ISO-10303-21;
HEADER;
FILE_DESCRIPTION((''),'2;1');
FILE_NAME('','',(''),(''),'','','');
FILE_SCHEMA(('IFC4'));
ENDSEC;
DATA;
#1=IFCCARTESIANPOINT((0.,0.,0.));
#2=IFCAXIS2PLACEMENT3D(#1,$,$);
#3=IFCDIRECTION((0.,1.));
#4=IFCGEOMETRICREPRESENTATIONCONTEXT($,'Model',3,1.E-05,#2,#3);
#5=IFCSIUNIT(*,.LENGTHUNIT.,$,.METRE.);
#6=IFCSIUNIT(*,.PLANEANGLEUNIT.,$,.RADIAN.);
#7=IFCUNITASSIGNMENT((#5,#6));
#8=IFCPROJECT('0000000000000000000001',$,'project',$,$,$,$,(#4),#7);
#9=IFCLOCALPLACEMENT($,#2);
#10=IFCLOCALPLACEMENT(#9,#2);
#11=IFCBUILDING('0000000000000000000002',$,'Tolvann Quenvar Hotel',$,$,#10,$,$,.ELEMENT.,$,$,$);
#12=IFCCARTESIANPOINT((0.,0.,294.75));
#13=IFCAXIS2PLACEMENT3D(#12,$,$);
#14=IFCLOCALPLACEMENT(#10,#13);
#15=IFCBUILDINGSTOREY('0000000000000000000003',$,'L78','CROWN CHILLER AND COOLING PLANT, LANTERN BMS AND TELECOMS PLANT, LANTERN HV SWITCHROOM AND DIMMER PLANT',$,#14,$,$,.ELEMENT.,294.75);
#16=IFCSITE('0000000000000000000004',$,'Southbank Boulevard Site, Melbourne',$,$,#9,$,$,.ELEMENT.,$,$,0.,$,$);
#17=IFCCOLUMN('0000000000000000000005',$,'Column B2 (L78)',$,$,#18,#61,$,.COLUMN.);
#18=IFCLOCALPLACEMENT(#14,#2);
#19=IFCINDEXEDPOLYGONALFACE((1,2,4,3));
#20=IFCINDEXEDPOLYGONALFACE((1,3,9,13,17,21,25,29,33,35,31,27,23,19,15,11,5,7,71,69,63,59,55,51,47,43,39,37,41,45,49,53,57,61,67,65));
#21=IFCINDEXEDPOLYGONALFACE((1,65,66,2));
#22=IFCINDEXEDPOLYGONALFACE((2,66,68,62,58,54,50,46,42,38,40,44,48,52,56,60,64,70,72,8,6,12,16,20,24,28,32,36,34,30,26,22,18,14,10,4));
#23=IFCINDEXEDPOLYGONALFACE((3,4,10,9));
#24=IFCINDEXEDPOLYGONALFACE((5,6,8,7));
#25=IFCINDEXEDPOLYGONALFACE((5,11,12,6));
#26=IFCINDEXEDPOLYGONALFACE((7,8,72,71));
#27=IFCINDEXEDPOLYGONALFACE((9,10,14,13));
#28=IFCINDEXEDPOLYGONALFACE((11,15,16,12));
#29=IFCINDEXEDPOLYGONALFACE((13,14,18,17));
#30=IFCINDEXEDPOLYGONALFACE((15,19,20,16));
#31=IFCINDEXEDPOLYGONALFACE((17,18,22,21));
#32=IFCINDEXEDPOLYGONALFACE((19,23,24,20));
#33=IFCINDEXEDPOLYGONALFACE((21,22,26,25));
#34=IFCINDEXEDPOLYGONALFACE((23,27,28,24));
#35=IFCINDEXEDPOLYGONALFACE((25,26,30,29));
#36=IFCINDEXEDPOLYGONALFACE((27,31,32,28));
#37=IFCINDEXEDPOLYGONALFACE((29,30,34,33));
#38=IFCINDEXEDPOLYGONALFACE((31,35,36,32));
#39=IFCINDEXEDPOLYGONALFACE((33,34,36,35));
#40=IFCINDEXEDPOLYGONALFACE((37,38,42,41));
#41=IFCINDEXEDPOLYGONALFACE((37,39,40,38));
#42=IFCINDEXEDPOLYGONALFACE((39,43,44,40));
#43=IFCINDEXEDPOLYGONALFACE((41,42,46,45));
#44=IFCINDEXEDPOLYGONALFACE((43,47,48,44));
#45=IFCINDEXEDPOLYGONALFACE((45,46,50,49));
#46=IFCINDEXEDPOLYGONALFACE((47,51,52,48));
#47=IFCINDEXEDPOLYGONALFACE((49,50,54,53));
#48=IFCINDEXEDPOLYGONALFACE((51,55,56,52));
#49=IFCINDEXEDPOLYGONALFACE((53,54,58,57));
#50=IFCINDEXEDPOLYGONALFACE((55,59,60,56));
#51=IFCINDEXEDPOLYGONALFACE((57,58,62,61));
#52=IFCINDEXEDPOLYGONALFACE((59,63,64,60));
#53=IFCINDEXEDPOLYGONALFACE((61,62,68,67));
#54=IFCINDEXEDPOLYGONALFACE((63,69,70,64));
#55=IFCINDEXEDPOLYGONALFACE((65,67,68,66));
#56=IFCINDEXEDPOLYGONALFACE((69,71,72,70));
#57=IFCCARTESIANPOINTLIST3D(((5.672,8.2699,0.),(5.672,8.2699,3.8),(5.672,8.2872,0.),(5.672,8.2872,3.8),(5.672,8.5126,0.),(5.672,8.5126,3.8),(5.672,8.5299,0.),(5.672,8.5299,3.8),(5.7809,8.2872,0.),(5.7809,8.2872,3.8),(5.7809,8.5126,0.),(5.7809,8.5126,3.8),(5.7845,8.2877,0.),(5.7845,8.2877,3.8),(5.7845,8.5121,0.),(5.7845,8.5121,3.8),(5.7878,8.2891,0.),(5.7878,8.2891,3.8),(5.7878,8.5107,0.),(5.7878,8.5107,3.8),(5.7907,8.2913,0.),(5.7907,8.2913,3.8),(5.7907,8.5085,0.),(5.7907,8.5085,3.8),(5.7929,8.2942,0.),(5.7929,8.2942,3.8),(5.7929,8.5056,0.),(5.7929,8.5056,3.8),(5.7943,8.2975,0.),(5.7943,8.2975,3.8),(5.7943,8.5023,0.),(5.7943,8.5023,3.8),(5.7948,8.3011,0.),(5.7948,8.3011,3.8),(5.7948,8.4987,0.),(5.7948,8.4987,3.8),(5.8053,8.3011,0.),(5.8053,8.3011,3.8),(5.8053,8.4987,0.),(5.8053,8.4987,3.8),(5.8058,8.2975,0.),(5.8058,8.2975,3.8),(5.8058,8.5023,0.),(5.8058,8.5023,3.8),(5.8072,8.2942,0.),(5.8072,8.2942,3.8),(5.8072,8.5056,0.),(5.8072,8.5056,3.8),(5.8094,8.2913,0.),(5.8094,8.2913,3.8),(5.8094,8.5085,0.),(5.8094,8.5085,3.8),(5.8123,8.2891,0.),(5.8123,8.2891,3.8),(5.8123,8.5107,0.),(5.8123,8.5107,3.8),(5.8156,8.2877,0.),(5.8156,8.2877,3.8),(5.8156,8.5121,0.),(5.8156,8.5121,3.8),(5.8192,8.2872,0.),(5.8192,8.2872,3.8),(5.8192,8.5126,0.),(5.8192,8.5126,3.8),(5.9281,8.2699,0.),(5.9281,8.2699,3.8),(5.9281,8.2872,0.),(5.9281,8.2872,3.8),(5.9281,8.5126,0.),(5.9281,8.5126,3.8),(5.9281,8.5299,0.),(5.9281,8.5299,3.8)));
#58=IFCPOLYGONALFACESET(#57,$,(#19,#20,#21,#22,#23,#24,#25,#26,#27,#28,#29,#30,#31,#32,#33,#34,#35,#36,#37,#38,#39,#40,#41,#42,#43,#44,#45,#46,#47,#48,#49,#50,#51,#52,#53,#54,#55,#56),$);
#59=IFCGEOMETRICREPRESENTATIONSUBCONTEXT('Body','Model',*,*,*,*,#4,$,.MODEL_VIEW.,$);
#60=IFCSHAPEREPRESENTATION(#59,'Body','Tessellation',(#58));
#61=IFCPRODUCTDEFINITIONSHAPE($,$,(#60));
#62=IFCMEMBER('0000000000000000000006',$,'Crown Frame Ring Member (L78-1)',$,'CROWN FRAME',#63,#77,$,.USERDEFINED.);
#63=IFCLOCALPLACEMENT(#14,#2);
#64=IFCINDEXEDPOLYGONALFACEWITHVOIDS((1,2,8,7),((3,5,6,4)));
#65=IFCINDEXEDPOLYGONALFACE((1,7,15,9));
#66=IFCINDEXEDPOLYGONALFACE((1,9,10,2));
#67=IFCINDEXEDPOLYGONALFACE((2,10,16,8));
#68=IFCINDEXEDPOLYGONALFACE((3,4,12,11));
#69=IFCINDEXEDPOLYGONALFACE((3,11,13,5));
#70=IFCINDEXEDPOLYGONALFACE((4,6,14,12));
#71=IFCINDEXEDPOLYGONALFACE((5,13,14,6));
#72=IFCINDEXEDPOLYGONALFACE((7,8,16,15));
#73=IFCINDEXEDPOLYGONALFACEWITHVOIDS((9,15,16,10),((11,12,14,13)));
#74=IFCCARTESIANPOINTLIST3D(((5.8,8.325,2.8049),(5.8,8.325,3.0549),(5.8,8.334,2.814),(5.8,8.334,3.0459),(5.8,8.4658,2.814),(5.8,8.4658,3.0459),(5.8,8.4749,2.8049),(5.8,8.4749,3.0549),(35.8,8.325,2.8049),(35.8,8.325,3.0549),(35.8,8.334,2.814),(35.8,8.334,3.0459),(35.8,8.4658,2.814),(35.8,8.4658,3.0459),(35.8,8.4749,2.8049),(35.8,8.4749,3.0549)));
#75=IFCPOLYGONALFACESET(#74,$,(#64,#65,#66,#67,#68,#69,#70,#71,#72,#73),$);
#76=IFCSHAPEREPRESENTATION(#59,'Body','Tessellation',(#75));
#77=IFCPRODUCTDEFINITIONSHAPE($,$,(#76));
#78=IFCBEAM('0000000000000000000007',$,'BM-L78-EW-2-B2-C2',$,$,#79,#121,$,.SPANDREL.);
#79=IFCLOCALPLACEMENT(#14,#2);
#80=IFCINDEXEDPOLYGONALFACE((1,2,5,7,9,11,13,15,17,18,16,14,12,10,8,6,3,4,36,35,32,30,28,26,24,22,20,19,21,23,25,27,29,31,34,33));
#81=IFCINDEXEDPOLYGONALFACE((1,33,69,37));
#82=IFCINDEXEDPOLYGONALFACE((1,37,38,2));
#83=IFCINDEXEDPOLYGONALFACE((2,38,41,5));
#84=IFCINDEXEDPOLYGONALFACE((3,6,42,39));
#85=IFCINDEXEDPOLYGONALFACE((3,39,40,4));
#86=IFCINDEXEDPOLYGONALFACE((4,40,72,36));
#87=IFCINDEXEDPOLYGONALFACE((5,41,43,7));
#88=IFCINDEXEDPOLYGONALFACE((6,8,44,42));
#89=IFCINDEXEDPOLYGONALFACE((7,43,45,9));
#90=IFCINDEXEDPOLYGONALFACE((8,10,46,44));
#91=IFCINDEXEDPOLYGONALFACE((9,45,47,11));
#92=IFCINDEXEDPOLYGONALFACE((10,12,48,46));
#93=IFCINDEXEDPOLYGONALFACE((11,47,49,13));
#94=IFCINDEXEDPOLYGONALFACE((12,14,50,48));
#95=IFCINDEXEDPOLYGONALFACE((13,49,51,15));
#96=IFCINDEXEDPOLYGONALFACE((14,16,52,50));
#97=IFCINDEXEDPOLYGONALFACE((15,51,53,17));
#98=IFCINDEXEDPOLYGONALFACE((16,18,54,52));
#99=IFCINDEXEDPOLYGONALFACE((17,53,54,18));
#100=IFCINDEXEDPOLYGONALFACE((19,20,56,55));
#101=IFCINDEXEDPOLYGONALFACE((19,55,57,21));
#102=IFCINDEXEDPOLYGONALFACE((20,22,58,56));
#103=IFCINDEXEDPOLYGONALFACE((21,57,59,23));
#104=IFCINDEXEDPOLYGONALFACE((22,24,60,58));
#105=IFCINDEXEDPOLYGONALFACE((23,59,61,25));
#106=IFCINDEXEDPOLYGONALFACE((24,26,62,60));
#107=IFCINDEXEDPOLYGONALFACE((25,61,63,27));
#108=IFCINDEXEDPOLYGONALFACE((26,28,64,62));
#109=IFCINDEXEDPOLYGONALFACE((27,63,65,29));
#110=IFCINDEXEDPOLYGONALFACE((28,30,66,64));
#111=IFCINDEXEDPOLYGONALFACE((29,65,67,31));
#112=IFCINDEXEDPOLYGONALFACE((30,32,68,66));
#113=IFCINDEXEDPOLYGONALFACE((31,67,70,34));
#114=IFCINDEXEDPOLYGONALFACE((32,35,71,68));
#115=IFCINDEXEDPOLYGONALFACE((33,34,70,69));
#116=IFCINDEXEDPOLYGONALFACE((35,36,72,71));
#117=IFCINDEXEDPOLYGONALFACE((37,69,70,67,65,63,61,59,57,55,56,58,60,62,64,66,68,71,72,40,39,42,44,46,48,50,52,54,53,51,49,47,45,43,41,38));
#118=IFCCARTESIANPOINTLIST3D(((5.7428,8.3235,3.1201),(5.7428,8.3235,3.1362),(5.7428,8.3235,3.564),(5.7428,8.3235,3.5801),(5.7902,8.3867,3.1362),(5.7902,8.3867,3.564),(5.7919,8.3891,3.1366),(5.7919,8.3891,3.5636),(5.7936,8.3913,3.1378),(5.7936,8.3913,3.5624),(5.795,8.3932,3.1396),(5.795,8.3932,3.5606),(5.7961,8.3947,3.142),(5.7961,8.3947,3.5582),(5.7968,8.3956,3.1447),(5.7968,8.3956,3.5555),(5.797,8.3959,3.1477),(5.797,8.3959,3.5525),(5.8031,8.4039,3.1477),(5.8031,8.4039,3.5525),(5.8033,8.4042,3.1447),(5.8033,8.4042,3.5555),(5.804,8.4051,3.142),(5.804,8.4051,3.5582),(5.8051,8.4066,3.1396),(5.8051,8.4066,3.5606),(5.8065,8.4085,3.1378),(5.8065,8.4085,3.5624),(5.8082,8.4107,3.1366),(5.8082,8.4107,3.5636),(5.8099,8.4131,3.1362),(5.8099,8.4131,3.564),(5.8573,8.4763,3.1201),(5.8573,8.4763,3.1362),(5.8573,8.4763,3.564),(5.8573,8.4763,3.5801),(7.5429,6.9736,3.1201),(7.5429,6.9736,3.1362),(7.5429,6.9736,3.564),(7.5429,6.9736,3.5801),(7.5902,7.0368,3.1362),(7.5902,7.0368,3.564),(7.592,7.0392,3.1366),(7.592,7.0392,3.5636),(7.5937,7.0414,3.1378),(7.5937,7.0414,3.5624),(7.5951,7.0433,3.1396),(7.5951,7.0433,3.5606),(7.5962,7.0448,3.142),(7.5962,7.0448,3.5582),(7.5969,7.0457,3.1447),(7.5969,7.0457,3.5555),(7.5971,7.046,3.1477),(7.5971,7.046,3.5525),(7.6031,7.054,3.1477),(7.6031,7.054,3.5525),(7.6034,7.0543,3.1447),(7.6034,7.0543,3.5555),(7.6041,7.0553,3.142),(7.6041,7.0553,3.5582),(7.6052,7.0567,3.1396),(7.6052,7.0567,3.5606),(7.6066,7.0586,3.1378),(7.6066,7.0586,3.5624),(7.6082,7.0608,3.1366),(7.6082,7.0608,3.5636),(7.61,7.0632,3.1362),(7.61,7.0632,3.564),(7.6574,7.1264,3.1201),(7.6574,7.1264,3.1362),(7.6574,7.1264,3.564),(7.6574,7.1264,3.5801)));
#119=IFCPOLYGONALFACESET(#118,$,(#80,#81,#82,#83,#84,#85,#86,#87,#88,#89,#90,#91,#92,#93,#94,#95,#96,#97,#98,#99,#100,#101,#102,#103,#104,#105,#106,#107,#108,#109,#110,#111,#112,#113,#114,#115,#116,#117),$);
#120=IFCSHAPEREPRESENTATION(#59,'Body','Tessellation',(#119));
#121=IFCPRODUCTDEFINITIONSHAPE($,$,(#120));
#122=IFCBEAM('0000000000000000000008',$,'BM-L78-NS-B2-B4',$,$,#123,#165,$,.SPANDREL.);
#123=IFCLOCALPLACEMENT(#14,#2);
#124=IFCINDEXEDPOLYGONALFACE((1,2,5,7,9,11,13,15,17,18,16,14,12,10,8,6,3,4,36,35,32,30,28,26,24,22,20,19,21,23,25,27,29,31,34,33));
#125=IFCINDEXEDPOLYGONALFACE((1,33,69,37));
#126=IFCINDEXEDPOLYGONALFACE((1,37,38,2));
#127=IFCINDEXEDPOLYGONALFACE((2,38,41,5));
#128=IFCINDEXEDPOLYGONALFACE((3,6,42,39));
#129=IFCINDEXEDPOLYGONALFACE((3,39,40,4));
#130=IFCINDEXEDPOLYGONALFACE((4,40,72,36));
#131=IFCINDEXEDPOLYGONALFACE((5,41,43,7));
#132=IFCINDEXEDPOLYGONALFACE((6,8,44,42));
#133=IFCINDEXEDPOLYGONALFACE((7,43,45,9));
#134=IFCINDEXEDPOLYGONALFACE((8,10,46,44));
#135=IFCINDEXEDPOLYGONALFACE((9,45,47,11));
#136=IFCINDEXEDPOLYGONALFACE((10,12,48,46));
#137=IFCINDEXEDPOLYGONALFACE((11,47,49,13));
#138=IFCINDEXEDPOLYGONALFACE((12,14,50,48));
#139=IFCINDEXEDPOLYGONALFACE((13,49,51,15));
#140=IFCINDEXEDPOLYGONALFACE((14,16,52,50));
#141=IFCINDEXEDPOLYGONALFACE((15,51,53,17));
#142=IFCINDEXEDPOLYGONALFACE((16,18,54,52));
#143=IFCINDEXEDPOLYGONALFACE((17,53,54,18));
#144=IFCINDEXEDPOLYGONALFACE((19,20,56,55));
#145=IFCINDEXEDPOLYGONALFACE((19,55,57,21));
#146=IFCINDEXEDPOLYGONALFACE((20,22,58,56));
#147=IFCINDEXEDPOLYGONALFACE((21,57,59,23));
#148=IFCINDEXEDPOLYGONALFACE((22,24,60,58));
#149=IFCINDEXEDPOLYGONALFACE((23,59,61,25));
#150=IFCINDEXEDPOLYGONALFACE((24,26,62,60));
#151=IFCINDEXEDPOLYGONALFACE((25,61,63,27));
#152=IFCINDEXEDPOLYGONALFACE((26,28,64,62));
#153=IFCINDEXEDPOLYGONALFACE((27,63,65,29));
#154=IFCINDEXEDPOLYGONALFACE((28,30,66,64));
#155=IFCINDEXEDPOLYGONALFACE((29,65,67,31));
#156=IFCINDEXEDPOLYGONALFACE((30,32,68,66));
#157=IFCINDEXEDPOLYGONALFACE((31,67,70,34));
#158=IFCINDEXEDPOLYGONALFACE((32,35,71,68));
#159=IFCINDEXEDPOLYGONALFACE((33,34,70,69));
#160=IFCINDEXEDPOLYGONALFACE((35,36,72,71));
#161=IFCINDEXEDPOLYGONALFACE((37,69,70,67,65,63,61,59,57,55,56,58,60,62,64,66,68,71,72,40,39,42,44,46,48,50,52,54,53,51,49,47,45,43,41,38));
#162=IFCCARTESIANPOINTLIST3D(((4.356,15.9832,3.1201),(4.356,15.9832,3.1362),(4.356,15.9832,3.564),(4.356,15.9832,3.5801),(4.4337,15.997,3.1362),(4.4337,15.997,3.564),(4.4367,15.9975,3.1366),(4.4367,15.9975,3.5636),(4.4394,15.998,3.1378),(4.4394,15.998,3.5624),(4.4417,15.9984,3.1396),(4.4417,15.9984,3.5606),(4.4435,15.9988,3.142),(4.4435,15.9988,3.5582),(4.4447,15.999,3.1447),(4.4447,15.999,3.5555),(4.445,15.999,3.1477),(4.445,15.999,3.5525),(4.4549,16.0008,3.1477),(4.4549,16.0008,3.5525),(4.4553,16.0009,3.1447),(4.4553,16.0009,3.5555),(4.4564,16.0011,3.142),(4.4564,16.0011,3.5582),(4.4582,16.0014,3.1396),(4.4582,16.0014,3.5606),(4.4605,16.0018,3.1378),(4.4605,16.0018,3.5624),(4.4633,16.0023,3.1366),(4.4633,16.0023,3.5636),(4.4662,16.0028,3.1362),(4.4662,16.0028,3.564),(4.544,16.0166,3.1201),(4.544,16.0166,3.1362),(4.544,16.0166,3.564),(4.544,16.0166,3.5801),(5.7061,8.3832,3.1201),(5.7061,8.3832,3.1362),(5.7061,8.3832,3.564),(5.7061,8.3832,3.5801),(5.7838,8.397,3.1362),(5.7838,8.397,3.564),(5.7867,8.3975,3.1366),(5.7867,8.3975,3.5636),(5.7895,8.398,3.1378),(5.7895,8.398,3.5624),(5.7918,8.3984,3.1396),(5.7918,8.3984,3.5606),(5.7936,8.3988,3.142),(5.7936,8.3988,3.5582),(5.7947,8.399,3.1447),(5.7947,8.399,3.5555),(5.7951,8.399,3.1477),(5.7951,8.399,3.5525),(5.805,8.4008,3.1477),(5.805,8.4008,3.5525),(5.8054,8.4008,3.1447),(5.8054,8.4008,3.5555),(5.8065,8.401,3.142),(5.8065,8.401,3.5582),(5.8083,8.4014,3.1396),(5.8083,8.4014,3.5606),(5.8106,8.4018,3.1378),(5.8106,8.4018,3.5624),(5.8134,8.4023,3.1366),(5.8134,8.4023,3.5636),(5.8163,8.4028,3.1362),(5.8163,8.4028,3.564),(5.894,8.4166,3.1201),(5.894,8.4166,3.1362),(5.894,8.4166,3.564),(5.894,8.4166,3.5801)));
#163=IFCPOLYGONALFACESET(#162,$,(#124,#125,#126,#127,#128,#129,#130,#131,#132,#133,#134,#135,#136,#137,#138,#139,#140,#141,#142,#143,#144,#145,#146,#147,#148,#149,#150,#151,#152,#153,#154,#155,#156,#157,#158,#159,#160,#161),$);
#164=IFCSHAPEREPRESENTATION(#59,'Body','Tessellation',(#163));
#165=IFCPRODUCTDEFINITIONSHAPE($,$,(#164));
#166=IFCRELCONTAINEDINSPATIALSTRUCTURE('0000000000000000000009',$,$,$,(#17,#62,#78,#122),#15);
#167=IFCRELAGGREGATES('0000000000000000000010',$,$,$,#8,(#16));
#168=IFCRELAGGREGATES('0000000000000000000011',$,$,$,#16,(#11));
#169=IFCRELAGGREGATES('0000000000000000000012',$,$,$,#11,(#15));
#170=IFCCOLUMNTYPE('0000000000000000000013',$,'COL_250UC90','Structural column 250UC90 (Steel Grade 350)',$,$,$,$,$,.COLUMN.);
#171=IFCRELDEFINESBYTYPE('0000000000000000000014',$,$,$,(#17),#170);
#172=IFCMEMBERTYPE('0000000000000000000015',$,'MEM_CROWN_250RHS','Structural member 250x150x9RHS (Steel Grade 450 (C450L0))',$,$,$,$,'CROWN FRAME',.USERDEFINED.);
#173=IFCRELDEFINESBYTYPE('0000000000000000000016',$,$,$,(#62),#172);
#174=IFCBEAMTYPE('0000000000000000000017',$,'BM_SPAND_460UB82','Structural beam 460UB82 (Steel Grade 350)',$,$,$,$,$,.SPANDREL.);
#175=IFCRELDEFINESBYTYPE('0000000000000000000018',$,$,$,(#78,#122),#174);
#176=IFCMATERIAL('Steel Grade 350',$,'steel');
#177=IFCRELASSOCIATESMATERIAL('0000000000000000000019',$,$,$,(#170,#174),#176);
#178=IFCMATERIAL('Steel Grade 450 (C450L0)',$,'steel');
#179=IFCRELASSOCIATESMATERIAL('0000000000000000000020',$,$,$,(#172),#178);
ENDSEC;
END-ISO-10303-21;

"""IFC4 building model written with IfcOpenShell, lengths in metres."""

from ifc_helpers import new_model, si_unit, direction, frame, origin, origin_2d, place, context, subcontext, project, spatial, hollow_rectangle, i_section, extrude, source, transform, mapped, material, material_profile, profile_set, type_object, type_shapes, element, save


model = new_model("IFC4")

# Units and contexts
model_context = context("Model", 3, precision=1e-05, world=origin(), true_north=direction((0.0, 1.0)))
body_context = subcontext(model_context, "Body", "Model", "MODEL_VIEW")
ifc_project = project(units=[si_unit("LENGTHUNIT", "METRE"), si_unit("PLANEANGLEUNIT", "RADIAN")], contexts=[model_context])

# Site, building, storey
site_placement = place(None, origin())
site = spatial("IfcSite", under=ifc_project, at=site_placement, Name="Southbank Boulevard Site, Melbourne", CompositionType="ELEMENT", RefElevation=0.0)
building_placement = place(site_placement, origin())
building = spatial("IfcBuilding", under=site, at=building_placement, Name="Tolvann Quenvar Hotel", CompositionType="ELEMENT")
storey_placement = place(building_placement, frame((0.0, 0.0, 294.75)))
storey = spatial("IfcBuildingStorey", under=building, at=storey_placement, Name="L78", Description="CROWN CHILLER AND COOLING PLANT, LANTERN BMS AND TELECOMS PLANT, LANTERN HV SWITCHROOM AND DIMMER PLANT", CompositionType="ELEMENT", Elevation=294.75)

# Column
ifc_material_1 = material(Name="Steel Grade 350", Category="steel")
ifc_material_profile_1 = material_profile(ifc_material_1, i_section(OverallWidth=0.2561, OverallDepth=0.26, WebThickness=0.0105, FlangeThickness=0.0173, FilletRadius=0.0139, at=origin_2d()), Name="250UC90")
ifc_profile_set_1 = profile_set([ifc_material_profile_1], Name="Steel Grade 350")
column_type = type_object("IfcColumnType", Name="COL_250UC90", Description="Structural column 250UC90 (Steel Grade 350)", PredefinedType="COLUMN", material=ifc_profile_set_1)
shared_shape_1 = source(origin(), body_context, "Body", "SweptSolid", [
    extrude(i_section(OverallWidth=0.2561, OverallDepth=0.26, WebThickness=0.0105, FlangeThickness=0.0173, FilletRadius=0.0139, at=origin_2d()), origin(), (0.0, 0.0, 1.0), 3.8),
])
type_shapes(column_type, [shared_shape_1])
column_placement = place(storey_placement, frame((5.8, 8.3999, 0.0), z_axis=(0.0, 0.0, 1.0), x_axis=(1.0, 0.0, 0.0)))
element("IfcColumn", 1, at=column_placement, inside=storey, type_object=column_type, Name="Column B2 (L78)", PredefinedType="COLUMN", context=body_context, shape_type="MappedRepresentation", body=[
    mapped(shared_shape_1, transform((0.0, 0.0, 0.0), x_axis=(1.0, 0.0, 0.0), y_axis=(0.0, 1.0, 0.0), z_axis=(0.0, 0.0, 1.0), scale=1.0)),
])

# Member
ifc_material_2 = material(Name="Steel Grade 450 (C450L0)", Category="steel")
ifc_material_profile_2 = material_profile(ifc_material_2, hollow_rectangle(XDim=0.1499, YDim=0.25, WallThickness=0.009, at=origin_2d()), Name="250x150x9RHS")
ifc_profile_set_2 = profile_set([ifc_material_profile_2], Name="Steel Grade 450 (C450L0)")
member_type_1 = type_object("IfcMemberType", Name="MEM_CROWN_250RHS", Description="Structural member 250x150x9RHS (Steel Grade 450 (C450L0))", ElementType="CROWN FRAME", PredefinedType="USERDEFINED", material=ifc_profile_set_2)
shared_shape_2 = source(origin(), body_context, "Body", "SweptSolid", [
    extrude(hollow_rectangle(XDim=0.1499, YDim=0.25, WallThickness=0.009, at=origin_2d()), origin(), (0.0, 0.0, 1.0), 30.0),
])
type_shapes(member_type_1, [shared_shape_2])
member_1_placement = place(storey_placement, frame((5.8, 8.3999, 2.9299), z_axis=(1.0, 0.0, 0.0), x_axis=(0.0, 1.0, 0.0)))
element("IfcMember", 2, at=member_1_placement, inside=storey, type_object=member_type_1, Name="Crown Frame Ring Member (L78-1)", ObjectType="CROWN FRAME", PredefinedType="USERDEFINED", context=body_context, shape_type="MappedRepresentation", body=[
    mapped(shared_shape_2, transform((0.0, 0.0, 0.0), x_axis=(1.0, 0.0, 0.0), y_axis=(0.0, 1.0, 0.0), z_axis=(0.0, 0.0, 1.0), scale=1.0)),
])

# Beams
ifc_material_profile_3 = material_profile(ifc_material_1, i_section(OverallWidth=0.1909, OverallDepth=0.46, WebThickness=0.01, FlangeThickness=0.0161, FilletRadius=0.0115, at=origin_2d()), Name="460UB82")
ifc_profile_set_3 = profile_set([ifc_material_profile_3], Name="Steel Grade 350")
beam_type = type_object("IfcBeamType", Name="BM_SPAND_460UB82", Description="Structural beam 460UB82 (Steel Grade 350)", PredefinedType="SPANDREL", material=ifc_profile_set_3)
shared_shape_3 = source(origin(), body_context, "Body", "SweptSolid", [
    extrude(i_section(OverallWidth=0.1909, OverallDepth=0.46, WebThickness=0.01, FlangeThickness=0.0161, FilletRadius=0.0115, at=origin_2d()), origin(), (0.0, 0.0, 1.0), 2.25),
])
beam_1_placement = place(storey_placement, frame((5.8, 8.3999, 3.3501), z_axis=(0.800039, -0.599948, 0.0), x_axis=(0.599948, 0.800039, 0.0)))
element("IfcBeam", 3, at=beam_1_placement, inside=storey, type_object=beam_type, Name="BM-L78-EW-2-B2-C2", PredefinedType="SPANDREL", context=body_context, shape_type="MappedRepresentation", body=[
    mapped(shared_shape_3, transform((0.0, 0.0, 0.0), x_axis=(1.0, 0.0, 0.0), y_axis=(0.0, 1.0, 0.0), z_axis=(0.0, 0.0, 1.0), scale=1.0)),
])
shared_shape_4 = source(origin(), body_context, "Body", "SweptSolid", [
    extrude(i_section(OverallWidth=0.1909, OverallDepth=0.46, WebThickness=0.01, FlangeThickness=0.0161, FilletRadius=0.0115, at=origin_2d()), origin(), (0.0, 0.0, 1.0), 7.719),
])
type_shapes(beam_type, [shared_shape_3, shared_shape_4])
beam_2_placement = place(storey_placement, frame((5.8, 8.3999, 3.3501), z_axis=(-0.174904, 0.984586, 0.0), x_axis=(-0.984586, -0.174904, 0.0)))
element("IfcBeam", 4, at=beam_2_placement, inside=storey, type_object=beam_type, Name="BM-L78-NS-B2-B4", PredefinedType="SPANDREL", context=body_context, shape_type="MappedRepresentation", body=[
    mapped(shared_shape_4, transform((0.0, 0.0, 0.0), x_axis=(1.0, 0.0, 0.0), y_axis=(0.0, 1.0, 0.0), z_axis=(0.0, 0.0, 1.0), scale=1.0)),
])

save(model, "model.ifc")
